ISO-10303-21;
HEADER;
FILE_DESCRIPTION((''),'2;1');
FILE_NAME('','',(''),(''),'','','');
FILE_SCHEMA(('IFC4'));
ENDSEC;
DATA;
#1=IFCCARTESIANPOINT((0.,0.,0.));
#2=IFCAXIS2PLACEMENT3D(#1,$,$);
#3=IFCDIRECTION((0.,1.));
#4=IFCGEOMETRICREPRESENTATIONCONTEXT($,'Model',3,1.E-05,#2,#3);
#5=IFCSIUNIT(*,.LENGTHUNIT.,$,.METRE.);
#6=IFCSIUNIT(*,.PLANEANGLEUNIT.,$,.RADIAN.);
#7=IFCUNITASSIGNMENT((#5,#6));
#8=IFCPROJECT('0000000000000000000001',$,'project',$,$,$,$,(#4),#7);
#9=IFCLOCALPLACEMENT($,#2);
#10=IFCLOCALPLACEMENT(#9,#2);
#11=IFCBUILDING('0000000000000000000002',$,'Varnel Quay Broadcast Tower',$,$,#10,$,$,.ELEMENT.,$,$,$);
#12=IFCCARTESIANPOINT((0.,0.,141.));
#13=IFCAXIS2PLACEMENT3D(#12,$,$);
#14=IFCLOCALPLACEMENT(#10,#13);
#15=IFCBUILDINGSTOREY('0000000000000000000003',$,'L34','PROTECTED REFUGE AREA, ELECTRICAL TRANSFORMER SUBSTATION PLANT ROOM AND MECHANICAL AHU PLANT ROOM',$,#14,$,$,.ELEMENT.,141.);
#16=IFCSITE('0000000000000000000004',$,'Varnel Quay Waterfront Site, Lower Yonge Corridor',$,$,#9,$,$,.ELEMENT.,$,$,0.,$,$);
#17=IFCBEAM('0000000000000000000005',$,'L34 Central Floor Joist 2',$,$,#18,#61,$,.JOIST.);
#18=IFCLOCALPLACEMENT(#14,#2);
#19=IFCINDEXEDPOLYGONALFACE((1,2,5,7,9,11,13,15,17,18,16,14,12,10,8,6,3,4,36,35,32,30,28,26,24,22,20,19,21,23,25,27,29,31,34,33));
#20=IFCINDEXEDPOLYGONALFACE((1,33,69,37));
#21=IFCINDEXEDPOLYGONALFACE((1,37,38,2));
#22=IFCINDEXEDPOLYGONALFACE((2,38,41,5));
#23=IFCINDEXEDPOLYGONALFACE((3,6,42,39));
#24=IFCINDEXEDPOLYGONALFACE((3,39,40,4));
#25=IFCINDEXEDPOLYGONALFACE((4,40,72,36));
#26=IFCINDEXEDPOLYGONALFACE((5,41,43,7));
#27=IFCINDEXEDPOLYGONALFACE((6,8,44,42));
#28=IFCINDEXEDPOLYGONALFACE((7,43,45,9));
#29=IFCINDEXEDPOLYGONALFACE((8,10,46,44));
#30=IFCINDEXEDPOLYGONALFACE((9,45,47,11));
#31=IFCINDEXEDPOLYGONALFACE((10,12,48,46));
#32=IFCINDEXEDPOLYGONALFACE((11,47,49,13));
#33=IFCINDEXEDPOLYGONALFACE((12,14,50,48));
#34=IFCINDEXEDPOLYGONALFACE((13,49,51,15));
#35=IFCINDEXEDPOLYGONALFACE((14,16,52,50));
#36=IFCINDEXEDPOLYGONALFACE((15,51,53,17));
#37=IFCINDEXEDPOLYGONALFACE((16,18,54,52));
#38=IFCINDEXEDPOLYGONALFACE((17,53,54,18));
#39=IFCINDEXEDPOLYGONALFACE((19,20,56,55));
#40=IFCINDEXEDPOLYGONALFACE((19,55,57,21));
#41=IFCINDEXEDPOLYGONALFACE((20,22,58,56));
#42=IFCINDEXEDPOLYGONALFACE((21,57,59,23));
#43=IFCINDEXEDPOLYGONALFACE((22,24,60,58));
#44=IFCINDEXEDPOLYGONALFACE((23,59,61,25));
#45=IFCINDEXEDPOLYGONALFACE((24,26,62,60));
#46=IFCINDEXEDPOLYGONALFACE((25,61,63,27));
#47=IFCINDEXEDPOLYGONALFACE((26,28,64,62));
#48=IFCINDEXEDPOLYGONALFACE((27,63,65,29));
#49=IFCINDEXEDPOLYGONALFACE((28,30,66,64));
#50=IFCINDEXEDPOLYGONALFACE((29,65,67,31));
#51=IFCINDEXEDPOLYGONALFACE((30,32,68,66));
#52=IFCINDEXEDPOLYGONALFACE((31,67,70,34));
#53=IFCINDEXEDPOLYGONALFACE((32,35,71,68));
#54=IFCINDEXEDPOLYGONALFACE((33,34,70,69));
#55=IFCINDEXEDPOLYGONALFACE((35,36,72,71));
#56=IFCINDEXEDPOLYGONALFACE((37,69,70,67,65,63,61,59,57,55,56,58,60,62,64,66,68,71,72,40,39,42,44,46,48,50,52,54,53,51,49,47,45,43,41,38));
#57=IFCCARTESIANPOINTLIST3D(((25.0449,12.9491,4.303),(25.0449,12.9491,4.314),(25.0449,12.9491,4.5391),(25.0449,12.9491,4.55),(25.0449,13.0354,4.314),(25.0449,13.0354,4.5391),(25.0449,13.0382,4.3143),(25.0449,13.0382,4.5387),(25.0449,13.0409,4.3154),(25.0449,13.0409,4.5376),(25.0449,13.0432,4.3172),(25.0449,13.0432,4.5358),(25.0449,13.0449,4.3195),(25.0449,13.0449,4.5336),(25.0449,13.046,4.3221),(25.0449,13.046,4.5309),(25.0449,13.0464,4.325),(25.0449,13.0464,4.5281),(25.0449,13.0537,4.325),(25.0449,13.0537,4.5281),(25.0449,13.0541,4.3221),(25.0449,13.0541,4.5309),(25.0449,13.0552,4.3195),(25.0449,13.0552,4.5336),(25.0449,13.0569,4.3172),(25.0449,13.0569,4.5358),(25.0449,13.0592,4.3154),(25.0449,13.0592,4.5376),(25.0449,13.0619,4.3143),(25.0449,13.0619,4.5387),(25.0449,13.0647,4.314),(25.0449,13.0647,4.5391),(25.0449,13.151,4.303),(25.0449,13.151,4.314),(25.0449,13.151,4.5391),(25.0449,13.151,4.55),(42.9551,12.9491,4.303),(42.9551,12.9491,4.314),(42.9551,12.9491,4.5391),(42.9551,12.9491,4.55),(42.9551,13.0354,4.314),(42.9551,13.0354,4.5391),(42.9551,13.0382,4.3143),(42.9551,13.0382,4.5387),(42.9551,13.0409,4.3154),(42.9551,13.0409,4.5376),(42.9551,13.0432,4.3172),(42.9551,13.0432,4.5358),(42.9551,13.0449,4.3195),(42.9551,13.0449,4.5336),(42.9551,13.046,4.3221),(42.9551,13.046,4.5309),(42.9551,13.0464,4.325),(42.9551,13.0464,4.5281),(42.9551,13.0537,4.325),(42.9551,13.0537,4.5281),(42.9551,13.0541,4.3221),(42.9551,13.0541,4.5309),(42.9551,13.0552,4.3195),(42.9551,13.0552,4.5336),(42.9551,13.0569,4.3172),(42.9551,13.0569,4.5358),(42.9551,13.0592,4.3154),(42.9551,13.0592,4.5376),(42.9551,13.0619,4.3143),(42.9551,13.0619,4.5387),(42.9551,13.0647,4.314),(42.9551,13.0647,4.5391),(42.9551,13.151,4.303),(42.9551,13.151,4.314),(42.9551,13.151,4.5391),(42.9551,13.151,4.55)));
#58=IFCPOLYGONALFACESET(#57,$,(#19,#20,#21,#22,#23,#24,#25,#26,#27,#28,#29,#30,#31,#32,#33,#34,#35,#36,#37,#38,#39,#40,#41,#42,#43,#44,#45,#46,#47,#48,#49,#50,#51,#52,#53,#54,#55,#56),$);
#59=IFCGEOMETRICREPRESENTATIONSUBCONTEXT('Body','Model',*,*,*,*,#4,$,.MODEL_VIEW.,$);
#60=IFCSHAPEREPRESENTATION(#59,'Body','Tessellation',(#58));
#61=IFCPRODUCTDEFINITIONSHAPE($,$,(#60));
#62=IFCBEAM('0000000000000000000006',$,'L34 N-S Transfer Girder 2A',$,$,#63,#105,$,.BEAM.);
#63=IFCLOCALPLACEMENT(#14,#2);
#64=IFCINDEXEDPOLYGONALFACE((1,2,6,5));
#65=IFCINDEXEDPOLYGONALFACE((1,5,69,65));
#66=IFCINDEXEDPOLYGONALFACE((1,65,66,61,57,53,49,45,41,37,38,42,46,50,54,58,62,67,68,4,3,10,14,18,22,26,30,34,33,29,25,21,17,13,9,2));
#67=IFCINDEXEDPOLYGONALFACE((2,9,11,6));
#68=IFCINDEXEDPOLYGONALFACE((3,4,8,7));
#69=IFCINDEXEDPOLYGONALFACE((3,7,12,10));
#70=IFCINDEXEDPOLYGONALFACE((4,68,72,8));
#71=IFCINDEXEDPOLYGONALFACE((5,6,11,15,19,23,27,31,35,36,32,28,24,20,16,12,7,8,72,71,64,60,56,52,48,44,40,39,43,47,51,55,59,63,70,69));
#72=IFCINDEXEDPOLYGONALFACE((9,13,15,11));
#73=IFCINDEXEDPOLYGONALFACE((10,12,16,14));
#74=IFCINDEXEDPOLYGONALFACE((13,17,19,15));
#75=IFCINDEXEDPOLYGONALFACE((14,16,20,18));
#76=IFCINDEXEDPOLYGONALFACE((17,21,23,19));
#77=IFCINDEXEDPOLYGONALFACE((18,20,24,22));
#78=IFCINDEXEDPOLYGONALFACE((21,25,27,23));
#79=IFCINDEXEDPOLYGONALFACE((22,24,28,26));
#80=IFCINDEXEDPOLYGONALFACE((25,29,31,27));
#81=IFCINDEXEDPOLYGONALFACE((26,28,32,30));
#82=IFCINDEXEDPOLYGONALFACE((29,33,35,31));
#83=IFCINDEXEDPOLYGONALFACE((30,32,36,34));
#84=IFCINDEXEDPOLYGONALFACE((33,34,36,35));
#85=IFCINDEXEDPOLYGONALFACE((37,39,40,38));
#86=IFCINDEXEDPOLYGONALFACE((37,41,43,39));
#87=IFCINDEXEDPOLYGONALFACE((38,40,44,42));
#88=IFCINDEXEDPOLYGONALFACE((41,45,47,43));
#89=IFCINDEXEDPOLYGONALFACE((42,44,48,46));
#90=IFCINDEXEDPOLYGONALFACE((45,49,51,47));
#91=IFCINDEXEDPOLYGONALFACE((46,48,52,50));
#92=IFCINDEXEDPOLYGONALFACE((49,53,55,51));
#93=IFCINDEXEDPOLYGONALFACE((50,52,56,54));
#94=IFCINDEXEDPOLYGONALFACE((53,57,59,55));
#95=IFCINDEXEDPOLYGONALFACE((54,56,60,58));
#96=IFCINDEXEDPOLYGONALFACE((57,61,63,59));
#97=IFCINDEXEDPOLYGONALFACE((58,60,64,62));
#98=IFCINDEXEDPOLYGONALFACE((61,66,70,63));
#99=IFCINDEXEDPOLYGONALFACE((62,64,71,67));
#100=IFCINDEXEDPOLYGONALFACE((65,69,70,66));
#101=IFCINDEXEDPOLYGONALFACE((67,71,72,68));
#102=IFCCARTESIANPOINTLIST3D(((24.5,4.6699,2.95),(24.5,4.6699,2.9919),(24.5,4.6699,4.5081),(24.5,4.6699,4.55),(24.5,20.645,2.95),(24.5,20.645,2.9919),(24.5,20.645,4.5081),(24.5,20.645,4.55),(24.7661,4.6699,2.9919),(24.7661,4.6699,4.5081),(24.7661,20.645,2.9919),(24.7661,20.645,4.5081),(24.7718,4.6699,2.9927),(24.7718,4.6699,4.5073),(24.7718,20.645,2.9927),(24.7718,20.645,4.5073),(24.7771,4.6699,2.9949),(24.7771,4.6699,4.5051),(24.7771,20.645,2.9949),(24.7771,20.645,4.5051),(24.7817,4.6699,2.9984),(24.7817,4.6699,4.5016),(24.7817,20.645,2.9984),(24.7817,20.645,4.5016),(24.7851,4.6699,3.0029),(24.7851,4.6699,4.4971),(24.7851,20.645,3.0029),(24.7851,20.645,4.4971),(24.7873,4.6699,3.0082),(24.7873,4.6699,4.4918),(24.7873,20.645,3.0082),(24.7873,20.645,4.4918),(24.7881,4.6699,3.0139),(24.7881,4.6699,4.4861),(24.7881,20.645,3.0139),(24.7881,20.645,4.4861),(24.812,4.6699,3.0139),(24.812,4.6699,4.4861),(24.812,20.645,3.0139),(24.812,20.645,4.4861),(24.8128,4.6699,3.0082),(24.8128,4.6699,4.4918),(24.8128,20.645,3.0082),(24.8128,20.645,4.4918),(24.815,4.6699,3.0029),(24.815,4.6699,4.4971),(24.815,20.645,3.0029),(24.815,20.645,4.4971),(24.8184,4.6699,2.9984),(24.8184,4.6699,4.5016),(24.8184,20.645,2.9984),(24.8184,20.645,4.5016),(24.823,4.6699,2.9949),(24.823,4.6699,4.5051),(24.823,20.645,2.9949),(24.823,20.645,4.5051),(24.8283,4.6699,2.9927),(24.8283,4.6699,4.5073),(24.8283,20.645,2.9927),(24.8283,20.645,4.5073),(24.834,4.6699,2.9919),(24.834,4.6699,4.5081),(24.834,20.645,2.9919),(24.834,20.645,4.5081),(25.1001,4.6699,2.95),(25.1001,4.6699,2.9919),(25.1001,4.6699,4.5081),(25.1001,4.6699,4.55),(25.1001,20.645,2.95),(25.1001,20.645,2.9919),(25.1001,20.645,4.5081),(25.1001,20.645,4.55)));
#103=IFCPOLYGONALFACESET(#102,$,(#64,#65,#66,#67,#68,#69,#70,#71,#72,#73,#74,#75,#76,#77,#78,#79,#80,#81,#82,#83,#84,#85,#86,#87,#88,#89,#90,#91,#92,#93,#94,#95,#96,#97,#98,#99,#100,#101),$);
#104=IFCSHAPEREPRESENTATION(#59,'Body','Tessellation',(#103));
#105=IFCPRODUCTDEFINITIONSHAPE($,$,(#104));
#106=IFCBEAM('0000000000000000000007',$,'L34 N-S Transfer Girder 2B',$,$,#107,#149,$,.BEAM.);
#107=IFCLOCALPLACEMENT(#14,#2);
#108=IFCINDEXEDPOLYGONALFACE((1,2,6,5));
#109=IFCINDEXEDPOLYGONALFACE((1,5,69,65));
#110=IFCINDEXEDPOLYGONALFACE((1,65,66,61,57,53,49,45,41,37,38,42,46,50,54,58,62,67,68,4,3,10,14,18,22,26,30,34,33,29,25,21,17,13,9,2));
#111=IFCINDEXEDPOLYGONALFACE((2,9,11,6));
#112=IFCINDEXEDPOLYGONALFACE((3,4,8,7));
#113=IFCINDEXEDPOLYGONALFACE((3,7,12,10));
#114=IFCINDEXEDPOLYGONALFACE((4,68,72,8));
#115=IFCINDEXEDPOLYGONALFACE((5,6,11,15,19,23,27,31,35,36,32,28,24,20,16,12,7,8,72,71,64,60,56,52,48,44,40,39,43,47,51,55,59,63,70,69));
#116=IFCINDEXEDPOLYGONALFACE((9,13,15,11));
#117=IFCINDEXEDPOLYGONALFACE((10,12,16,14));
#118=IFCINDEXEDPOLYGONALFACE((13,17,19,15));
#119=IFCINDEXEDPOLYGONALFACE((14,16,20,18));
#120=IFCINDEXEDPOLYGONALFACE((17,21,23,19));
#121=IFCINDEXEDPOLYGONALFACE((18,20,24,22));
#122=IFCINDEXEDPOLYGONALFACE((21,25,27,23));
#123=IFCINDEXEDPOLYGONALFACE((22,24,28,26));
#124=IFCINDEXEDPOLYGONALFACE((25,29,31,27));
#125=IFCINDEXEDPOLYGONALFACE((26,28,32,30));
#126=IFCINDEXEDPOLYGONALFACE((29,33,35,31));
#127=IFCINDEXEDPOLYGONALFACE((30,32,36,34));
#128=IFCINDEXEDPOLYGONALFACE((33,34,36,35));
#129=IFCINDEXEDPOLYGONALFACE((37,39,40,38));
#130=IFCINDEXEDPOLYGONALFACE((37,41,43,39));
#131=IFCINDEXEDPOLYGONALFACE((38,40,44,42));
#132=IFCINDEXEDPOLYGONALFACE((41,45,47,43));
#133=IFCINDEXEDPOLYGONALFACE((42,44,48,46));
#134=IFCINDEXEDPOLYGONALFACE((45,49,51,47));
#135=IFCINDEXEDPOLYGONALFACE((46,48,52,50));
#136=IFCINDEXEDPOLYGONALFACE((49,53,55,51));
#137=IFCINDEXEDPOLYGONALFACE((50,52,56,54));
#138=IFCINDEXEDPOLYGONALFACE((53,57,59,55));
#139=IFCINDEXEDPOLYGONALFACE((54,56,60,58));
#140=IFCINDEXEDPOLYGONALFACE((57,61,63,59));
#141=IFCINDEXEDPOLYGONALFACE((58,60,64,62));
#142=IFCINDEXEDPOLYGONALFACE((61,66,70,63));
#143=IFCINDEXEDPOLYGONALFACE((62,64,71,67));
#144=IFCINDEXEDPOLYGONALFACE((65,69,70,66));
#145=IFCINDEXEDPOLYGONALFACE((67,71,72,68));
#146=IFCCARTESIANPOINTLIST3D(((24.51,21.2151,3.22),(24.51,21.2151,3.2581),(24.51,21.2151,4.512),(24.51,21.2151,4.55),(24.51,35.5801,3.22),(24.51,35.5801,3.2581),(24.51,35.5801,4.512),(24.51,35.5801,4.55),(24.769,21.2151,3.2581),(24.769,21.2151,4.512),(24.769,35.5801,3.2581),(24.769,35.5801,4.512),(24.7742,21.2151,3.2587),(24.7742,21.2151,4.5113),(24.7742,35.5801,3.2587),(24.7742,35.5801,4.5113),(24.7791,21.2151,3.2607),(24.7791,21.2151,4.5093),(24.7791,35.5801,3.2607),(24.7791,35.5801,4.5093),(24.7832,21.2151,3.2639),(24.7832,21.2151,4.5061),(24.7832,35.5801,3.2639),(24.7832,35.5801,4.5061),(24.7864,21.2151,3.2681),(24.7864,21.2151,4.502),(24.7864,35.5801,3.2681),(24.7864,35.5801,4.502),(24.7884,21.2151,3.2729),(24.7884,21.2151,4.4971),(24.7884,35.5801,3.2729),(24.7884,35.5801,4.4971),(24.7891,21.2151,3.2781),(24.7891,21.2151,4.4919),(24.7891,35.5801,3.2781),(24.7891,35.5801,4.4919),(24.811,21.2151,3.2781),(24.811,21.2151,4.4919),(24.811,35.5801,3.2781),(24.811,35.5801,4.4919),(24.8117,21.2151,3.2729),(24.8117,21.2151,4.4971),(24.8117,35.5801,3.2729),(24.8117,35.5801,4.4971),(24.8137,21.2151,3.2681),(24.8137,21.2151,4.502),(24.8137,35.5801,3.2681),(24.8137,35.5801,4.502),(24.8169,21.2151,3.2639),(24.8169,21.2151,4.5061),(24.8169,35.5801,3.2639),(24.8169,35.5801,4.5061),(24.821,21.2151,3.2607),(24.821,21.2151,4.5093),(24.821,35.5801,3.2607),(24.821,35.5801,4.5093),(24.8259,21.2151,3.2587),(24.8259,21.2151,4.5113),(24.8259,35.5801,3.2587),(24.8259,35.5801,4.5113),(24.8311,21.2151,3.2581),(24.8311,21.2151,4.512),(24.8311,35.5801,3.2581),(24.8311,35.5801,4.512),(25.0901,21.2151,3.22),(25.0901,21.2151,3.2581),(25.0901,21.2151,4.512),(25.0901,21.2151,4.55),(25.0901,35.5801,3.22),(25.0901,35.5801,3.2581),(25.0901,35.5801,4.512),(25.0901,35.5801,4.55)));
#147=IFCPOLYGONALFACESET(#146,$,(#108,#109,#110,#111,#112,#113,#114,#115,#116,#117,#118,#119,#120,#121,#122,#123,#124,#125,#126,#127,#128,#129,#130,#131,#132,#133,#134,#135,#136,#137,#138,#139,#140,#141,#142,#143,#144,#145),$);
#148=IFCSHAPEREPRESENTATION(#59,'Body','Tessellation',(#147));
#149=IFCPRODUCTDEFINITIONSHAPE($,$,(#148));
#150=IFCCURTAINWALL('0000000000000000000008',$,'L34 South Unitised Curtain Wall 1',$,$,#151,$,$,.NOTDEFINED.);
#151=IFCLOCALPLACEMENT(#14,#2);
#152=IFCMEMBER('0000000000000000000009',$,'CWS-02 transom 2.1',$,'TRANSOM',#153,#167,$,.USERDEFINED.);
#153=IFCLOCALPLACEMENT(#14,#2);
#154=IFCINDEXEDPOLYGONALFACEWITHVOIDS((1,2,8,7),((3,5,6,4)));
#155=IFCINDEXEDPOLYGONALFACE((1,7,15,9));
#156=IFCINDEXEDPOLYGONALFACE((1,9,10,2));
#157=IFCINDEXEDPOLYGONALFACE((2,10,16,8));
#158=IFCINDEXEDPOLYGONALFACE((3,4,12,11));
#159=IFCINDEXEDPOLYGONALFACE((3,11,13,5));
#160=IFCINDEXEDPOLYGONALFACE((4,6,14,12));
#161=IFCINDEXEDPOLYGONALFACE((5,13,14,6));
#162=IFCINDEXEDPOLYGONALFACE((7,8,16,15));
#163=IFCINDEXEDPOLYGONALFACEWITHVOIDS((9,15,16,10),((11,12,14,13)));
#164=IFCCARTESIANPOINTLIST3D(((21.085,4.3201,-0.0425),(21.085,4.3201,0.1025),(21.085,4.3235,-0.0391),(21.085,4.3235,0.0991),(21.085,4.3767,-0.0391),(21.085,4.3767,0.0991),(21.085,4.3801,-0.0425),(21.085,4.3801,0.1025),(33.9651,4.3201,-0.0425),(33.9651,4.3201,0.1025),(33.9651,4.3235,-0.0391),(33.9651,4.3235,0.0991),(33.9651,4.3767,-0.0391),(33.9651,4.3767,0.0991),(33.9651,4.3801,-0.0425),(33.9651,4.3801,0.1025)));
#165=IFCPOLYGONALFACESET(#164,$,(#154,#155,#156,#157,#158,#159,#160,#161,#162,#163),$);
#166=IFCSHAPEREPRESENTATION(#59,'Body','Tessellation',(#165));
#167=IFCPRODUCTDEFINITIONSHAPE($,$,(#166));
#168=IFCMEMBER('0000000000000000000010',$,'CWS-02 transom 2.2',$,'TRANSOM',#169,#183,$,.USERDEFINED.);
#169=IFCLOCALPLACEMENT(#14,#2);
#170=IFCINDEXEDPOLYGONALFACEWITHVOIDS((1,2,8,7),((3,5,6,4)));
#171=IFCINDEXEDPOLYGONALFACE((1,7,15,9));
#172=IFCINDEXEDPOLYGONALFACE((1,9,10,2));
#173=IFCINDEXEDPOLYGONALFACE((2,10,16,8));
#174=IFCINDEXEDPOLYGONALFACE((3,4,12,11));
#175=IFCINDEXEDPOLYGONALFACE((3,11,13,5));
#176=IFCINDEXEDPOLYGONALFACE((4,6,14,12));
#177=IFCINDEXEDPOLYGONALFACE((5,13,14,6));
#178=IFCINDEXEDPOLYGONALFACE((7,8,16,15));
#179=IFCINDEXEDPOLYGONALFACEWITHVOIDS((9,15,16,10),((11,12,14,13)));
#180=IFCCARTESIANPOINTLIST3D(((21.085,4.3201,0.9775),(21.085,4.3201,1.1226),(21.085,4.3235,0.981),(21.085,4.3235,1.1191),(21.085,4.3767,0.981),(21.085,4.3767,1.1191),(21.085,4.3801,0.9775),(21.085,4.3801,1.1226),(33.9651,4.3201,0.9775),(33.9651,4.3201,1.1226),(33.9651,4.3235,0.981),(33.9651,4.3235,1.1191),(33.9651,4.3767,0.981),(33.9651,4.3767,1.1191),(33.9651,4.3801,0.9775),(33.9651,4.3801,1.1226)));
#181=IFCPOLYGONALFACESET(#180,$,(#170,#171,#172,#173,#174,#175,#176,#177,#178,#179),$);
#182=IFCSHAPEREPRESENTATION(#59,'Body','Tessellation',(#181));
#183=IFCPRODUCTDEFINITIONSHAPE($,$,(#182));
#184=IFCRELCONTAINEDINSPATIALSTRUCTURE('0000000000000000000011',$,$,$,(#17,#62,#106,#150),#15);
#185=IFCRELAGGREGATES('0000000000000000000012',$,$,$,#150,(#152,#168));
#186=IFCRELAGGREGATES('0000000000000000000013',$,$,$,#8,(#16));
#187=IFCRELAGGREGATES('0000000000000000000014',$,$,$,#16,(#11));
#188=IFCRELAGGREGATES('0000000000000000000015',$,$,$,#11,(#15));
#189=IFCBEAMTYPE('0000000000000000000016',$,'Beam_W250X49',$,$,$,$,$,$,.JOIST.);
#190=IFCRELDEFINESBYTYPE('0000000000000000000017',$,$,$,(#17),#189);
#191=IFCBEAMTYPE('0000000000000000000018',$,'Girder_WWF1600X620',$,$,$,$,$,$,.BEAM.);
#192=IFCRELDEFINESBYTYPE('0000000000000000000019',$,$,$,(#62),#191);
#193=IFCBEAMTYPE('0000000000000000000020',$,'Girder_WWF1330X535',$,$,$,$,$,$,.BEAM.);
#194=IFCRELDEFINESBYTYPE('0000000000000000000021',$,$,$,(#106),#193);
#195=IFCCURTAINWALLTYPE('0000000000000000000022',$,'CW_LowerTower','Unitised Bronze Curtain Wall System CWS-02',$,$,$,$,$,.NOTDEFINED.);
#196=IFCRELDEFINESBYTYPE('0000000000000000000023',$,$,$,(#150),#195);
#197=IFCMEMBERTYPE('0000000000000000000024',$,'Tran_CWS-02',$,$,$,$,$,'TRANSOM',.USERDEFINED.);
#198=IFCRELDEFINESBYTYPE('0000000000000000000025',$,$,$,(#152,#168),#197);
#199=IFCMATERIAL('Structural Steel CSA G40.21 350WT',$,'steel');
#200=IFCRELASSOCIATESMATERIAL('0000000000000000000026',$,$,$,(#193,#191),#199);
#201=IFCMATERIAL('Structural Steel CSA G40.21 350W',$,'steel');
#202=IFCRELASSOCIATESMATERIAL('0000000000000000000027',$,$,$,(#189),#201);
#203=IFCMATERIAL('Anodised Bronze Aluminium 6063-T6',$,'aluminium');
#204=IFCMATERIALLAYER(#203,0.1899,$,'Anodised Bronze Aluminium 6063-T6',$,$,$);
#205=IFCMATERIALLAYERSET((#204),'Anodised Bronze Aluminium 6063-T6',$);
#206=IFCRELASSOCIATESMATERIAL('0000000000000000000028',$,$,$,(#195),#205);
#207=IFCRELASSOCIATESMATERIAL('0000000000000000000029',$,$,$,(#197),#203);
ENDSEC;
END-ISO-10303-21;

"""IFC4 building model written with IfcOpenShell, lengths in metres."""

from ifc_helpers import new_model, si_unit, direction, frame, origin, origin_2d, place, context, subcontext, project, spatial, hollow_rectangle, i_section, extrude, source, transform, mapped, material, layer, layer_set, material_profile, profile_set, type_object, type_shapes, element, aggregate, save


model = new_model("IFC4")

# Units and contexts
model_context = context("Model", 3, precision=1e-05, world=origin(), true_north=direction((0.0, 1.0)))
body_context = subcontext(model_context, "Body", "Model", "MODEL_VIEW")
ifc_project = project(units=[si_unit("LENGTHUNIT", "METRE"), si_unit("PLANEANGLEUNIT", "RADIAN")], contexts=[model_context])

# Site, building, storey
site_placement = place(None, origin())
site = spatial("IfcSite", under=ifc_project, at=site_placement, Name="Varnel Quay Waterfront Site, Lower Yonge Corridor", CompositionType="ELEMENT", RefElevation=0.0)
building_placement = place(site_placement, origin())
building = spatial("IfcBuilding", under=site, at=building_placement, Name="Varnel Quay Broadcast Tower", CompositionType="ELEMENT")
storey_placement = place(building_placement, frame((0.0, 0.0, 141.0)))
storey = spatial("IfcBuildingStorey", under=building, at=storey_placement, Name="L34", Description="PROTECTED REFUGE AREA, ELECTRICAL TRANSFORMER SUBSTATION PLANT ROOM AND MECHANICAL AHU PLANT ROOM", CompositionType="ELEMENT", Elevation=141.0)

# Shared definitions
ifc_material_1 = material(Name="Structural Steel CSA G40.21 350W", Category="steel")

# Beams
ifc_material_2 = material(Name="Structural Steel CSA G40.21 350WT", Category="steel")
ifc_material_profile_1 = material_profile(ifc_material_2, i_section(OverallWidth=0.5801, OverallDepth=1.3301, WebThickness=0.022, FlangeThickness=0.0381, FilletRadius=0.02, at=origin_2d()), Name="WWF1330X535")
ifc_profile_set_1 = profile_set([ifc_material_profile_1], Name="Structural Steel CSA G40.21 350WT")
beam_type_1 = type_object("IfcBeamType", Name="Girder_WWF1330X535", PredefinedType="BEAM", material=ifc_profile_set_1)
ifc_material_profile_2 = material_profile(ifc_material_2, i_section(OverallWidth=0.6001, OverallDepth=1.6001, WebThickness=0.0239, FlangeThickness=0.042, FilletRadius=0.022, at=origin_2d()), Name="WWF1600X620")
ifc_profile_set_2 = profile_set([ifc_material_profile_2], Name="Structural Steel CSA G40.21 350WT")
beam_type_2 = type_object("IfcBeamType", Name="Girder_WWF1600X620", PredefinedType="BEAM", material=ifc_profile_set_2)
ifc_material_profile_3 = material_profile(ifc_material_1, i_section(OverallWidth=0.2019, OverallDepth=0.2471, WebThickness=0.0073, FlangeThickness=0.011, FilletRadius=0.011, at=origin_2d()), Name="W250X49")
ifc_profile_set_3 = profile_set([ifc_material_profile_3], Name="Structural Steel CSA G40.21 350W")
beam_type_3 = type_object("IfcBeamType", Name="Beam_W250X49", PredefinedType="JOIST", material=ifc_profile_set_3)
shared_shape_1 = source(origin(), body_context, "Body", "SweptSolid", [
    extrude(i_section(OverallWidth=0.2019, OverallDepth=0.2471, WebThickness=0.0073, FlangeThickness=0.011, FilletRadius=0.011, at=origin_2d()), origin(), (0.0, 0.0, 1.0), 17.9102),
])
type_shapes(beam_type_3, [shared_shape_1])
beam_1_placement = place(storey_placement, frame((25.0449, 13.05, 4.4265), z_axis=(1.0, 0.0, 0.0), x_axis=(0.0, 1.0, 0.0)))
element("IfcBeam", 1, at=beam_1_placement, inside=storey, type_object=beam_type_3, Name="L34 Central Floor Joist 2", PredefinedType="JOIST", context=body_context, shape_type="MappedRepresentation", body=[
    mapped(shared_shape_1, transform((0.0, 0.0, 0.0), x_axis=(1.0, 0.0, 0.0), y_axis=(0.0, 1.0, 0.0), z_axis=(0.0, 0.0, 1.0), scale=1.0)),
])
shared_shape_2 = source(origin(), body_context, "Body", "SweptSolid", [
    extrude(i_section(OverallWidth=0.6001, OverallDepth=1.6001, WebThickness=0.0239, FlangeThickness=0.042, FilletRadius=0.022, at=origin_2d()), origin(), (0.0, 0.0, 1.0), 15.9751),
])
beam_2_placement = place(storey_placement, frame((24.8, 4.6699, 3.75), z_axis=(0.0, 1.0, 0.0), x_axis=(-1.0, 0.0, 0.0)))
element("IfcBeam", 2, at=beam_2_placement, inside=storey, type_object=beam_type_2, Name="L34 N-S Transfer Girder 2A", PredefinedType="BEAM", context=body_context, shape_type="MappedRepresentation", body=[
    mapped(shared_shape_2, transform((0.0, 0.0, 0.0), x_axis=(1.0, 0.0, 0.0), y_axis=(0.0, 1.0, 0.0), z_axis=(0.0, 0.0, 1.0), scale=1.0)),
])
shared_shape_3 = source(origin(), body_context, "Body", "SweptSolid", [
    extrude(i_section(OverallWidth=0.5801, OverallDepth=1.3301, WebThickness=0.022, FlangeThickness=0.0381, FilletRadius=0.02, at=origin_2d()), origin(), (0.0, 0.0, 1.0), 14.365),
])
beam_3_placement = place(storey_placement, frame((24.8, 21.2151, 3.885), z_axis=(0.0, 1.0, 0.0), x_axis=(-1.0, 0.0, 0.0)))
element("IfcBeam", 3, at=beam_3_placement, inside=storey, type_object=beam_type_1, Name="L34 N-S Transfer Girder 2B", PredefinedType="BEAM", context=body_context, shape_type="MappedRepresentation", body=[
    mapped(shared_shape_3, transform((0.0, 0.0, 0.0), x_axis=(1.0, 0.0, 0.0), y_axis=(0.0, 1.0, 0.0), z_axis=(0.0, 0.0, 1.0), scale=1.0)),
])

# Curtain wall, members
ifc_material_3 = material(Name="Anodised Bronze Aluminium 6063-T6", Category="aluminium")
ifc_layer_1 = layer(ifc_material_3, 0.1899, Name="Anodised Bronze Aluminium 6063-T6")
ifc_layer_set_1 = layer_set([ifc_layer_1], Name="Anodised Bronze Aluminium 6063-T6")
curtain_wall_type = type_object("IfcCurtainWallType", Name="CW_LowerTower", Description="Unitised Bronze Curtain Wall System CWS-02", PredefinedType="NOTDEFINED", material=ifc_layer_set_1)
curtain_wall_placement = place(storey_placement, origin())
curtain_wall = element("IfcCurtainWall", 4, at=curtain_wall_placement, inside=storey, type_object=curtain_wall_type, Name="L34 South Unitised Curtain Wall 1", PredefinedType="NOTDEFINED")
ifc_material_profile_4 = material_profile(ifc_material_3, hollow_rectangle(XDim=0.0601, YDim=0.145, WallThickness=0.0034, at=origin_2d()), Name="ALU60X145X3.5")
ifc_profile_set_4 = profile_set([ifc_material_profile_4], Name="Anodised Bronze Aluminium 6063-T6")
member_type = type_object("IfcMemberType", Name="Tran_CWS-02", ElementType="TRANSOM", PredefinedType="USERDEFINED", material=ifc_profile_set_4)
shared_shape_4 = source(origin(), body_context, "Body", "SweptSolid", [
    extrude(hollow_rectangle(XDim=0.0601, YDim=0.145, WallThickness=0.0034, at=origin_2d()), origin(), (0.0, 0.0, 1.0), 12.8801),
])
type_shapes(member_type, [shared_shape_4])
member_1_placement = place(storey_placement, frame((21.085, 4.3501, 0.03), z_axis=(1.0, 0.0, 0.0), x_axis=(0.0, 1.0, 0.0)))
member_1 = element("IfcMember", 5, at=member_1_placement, type_object=member_type, Name="CWS-02 transom 2.1", ObjectType="TRANSOM", PredefinedType="USERDEFINED", context=body_context, shape_type="MappedRepresentation", body=[
    mapped(shared_shape_4, transform((0.0, 0.0, 0.0), x_axis=(1.0, 0.0, 0.0), y_axis=(0.0, 1.0, 0.0), z_axis=(0.0, 0.0, 1.0), scale=1.0)),
])
member_2_placement = place(storey_placement, frame((21.085, 4.3501, 1.05), z_axis=(1.0, 0.0, 0.0), x_axis=(0.0, 1.0, 0.0)))
member_2 = element("IfcMember", 6, at=member_2_placement, type_object=member_type, Name="CWS-02 transom 2.2", ObjectType="TRANSOM", PredefinedType="USERDEFINED", context=body_context, shape_type="MappedRepresentation", body=[
    mapped(shared_shape_4, transform((0.0, 0.0, 0.0), x_axis=(1.0, 0.0, 0.0), y_axis=(0.0, 1.0, 0.0), z_axis=(0.0, 0.0, 1.0), scale=1.0)),
])
aggregate(curtain_wall, [member_1, member_2])

save(model, "model.ifc")
